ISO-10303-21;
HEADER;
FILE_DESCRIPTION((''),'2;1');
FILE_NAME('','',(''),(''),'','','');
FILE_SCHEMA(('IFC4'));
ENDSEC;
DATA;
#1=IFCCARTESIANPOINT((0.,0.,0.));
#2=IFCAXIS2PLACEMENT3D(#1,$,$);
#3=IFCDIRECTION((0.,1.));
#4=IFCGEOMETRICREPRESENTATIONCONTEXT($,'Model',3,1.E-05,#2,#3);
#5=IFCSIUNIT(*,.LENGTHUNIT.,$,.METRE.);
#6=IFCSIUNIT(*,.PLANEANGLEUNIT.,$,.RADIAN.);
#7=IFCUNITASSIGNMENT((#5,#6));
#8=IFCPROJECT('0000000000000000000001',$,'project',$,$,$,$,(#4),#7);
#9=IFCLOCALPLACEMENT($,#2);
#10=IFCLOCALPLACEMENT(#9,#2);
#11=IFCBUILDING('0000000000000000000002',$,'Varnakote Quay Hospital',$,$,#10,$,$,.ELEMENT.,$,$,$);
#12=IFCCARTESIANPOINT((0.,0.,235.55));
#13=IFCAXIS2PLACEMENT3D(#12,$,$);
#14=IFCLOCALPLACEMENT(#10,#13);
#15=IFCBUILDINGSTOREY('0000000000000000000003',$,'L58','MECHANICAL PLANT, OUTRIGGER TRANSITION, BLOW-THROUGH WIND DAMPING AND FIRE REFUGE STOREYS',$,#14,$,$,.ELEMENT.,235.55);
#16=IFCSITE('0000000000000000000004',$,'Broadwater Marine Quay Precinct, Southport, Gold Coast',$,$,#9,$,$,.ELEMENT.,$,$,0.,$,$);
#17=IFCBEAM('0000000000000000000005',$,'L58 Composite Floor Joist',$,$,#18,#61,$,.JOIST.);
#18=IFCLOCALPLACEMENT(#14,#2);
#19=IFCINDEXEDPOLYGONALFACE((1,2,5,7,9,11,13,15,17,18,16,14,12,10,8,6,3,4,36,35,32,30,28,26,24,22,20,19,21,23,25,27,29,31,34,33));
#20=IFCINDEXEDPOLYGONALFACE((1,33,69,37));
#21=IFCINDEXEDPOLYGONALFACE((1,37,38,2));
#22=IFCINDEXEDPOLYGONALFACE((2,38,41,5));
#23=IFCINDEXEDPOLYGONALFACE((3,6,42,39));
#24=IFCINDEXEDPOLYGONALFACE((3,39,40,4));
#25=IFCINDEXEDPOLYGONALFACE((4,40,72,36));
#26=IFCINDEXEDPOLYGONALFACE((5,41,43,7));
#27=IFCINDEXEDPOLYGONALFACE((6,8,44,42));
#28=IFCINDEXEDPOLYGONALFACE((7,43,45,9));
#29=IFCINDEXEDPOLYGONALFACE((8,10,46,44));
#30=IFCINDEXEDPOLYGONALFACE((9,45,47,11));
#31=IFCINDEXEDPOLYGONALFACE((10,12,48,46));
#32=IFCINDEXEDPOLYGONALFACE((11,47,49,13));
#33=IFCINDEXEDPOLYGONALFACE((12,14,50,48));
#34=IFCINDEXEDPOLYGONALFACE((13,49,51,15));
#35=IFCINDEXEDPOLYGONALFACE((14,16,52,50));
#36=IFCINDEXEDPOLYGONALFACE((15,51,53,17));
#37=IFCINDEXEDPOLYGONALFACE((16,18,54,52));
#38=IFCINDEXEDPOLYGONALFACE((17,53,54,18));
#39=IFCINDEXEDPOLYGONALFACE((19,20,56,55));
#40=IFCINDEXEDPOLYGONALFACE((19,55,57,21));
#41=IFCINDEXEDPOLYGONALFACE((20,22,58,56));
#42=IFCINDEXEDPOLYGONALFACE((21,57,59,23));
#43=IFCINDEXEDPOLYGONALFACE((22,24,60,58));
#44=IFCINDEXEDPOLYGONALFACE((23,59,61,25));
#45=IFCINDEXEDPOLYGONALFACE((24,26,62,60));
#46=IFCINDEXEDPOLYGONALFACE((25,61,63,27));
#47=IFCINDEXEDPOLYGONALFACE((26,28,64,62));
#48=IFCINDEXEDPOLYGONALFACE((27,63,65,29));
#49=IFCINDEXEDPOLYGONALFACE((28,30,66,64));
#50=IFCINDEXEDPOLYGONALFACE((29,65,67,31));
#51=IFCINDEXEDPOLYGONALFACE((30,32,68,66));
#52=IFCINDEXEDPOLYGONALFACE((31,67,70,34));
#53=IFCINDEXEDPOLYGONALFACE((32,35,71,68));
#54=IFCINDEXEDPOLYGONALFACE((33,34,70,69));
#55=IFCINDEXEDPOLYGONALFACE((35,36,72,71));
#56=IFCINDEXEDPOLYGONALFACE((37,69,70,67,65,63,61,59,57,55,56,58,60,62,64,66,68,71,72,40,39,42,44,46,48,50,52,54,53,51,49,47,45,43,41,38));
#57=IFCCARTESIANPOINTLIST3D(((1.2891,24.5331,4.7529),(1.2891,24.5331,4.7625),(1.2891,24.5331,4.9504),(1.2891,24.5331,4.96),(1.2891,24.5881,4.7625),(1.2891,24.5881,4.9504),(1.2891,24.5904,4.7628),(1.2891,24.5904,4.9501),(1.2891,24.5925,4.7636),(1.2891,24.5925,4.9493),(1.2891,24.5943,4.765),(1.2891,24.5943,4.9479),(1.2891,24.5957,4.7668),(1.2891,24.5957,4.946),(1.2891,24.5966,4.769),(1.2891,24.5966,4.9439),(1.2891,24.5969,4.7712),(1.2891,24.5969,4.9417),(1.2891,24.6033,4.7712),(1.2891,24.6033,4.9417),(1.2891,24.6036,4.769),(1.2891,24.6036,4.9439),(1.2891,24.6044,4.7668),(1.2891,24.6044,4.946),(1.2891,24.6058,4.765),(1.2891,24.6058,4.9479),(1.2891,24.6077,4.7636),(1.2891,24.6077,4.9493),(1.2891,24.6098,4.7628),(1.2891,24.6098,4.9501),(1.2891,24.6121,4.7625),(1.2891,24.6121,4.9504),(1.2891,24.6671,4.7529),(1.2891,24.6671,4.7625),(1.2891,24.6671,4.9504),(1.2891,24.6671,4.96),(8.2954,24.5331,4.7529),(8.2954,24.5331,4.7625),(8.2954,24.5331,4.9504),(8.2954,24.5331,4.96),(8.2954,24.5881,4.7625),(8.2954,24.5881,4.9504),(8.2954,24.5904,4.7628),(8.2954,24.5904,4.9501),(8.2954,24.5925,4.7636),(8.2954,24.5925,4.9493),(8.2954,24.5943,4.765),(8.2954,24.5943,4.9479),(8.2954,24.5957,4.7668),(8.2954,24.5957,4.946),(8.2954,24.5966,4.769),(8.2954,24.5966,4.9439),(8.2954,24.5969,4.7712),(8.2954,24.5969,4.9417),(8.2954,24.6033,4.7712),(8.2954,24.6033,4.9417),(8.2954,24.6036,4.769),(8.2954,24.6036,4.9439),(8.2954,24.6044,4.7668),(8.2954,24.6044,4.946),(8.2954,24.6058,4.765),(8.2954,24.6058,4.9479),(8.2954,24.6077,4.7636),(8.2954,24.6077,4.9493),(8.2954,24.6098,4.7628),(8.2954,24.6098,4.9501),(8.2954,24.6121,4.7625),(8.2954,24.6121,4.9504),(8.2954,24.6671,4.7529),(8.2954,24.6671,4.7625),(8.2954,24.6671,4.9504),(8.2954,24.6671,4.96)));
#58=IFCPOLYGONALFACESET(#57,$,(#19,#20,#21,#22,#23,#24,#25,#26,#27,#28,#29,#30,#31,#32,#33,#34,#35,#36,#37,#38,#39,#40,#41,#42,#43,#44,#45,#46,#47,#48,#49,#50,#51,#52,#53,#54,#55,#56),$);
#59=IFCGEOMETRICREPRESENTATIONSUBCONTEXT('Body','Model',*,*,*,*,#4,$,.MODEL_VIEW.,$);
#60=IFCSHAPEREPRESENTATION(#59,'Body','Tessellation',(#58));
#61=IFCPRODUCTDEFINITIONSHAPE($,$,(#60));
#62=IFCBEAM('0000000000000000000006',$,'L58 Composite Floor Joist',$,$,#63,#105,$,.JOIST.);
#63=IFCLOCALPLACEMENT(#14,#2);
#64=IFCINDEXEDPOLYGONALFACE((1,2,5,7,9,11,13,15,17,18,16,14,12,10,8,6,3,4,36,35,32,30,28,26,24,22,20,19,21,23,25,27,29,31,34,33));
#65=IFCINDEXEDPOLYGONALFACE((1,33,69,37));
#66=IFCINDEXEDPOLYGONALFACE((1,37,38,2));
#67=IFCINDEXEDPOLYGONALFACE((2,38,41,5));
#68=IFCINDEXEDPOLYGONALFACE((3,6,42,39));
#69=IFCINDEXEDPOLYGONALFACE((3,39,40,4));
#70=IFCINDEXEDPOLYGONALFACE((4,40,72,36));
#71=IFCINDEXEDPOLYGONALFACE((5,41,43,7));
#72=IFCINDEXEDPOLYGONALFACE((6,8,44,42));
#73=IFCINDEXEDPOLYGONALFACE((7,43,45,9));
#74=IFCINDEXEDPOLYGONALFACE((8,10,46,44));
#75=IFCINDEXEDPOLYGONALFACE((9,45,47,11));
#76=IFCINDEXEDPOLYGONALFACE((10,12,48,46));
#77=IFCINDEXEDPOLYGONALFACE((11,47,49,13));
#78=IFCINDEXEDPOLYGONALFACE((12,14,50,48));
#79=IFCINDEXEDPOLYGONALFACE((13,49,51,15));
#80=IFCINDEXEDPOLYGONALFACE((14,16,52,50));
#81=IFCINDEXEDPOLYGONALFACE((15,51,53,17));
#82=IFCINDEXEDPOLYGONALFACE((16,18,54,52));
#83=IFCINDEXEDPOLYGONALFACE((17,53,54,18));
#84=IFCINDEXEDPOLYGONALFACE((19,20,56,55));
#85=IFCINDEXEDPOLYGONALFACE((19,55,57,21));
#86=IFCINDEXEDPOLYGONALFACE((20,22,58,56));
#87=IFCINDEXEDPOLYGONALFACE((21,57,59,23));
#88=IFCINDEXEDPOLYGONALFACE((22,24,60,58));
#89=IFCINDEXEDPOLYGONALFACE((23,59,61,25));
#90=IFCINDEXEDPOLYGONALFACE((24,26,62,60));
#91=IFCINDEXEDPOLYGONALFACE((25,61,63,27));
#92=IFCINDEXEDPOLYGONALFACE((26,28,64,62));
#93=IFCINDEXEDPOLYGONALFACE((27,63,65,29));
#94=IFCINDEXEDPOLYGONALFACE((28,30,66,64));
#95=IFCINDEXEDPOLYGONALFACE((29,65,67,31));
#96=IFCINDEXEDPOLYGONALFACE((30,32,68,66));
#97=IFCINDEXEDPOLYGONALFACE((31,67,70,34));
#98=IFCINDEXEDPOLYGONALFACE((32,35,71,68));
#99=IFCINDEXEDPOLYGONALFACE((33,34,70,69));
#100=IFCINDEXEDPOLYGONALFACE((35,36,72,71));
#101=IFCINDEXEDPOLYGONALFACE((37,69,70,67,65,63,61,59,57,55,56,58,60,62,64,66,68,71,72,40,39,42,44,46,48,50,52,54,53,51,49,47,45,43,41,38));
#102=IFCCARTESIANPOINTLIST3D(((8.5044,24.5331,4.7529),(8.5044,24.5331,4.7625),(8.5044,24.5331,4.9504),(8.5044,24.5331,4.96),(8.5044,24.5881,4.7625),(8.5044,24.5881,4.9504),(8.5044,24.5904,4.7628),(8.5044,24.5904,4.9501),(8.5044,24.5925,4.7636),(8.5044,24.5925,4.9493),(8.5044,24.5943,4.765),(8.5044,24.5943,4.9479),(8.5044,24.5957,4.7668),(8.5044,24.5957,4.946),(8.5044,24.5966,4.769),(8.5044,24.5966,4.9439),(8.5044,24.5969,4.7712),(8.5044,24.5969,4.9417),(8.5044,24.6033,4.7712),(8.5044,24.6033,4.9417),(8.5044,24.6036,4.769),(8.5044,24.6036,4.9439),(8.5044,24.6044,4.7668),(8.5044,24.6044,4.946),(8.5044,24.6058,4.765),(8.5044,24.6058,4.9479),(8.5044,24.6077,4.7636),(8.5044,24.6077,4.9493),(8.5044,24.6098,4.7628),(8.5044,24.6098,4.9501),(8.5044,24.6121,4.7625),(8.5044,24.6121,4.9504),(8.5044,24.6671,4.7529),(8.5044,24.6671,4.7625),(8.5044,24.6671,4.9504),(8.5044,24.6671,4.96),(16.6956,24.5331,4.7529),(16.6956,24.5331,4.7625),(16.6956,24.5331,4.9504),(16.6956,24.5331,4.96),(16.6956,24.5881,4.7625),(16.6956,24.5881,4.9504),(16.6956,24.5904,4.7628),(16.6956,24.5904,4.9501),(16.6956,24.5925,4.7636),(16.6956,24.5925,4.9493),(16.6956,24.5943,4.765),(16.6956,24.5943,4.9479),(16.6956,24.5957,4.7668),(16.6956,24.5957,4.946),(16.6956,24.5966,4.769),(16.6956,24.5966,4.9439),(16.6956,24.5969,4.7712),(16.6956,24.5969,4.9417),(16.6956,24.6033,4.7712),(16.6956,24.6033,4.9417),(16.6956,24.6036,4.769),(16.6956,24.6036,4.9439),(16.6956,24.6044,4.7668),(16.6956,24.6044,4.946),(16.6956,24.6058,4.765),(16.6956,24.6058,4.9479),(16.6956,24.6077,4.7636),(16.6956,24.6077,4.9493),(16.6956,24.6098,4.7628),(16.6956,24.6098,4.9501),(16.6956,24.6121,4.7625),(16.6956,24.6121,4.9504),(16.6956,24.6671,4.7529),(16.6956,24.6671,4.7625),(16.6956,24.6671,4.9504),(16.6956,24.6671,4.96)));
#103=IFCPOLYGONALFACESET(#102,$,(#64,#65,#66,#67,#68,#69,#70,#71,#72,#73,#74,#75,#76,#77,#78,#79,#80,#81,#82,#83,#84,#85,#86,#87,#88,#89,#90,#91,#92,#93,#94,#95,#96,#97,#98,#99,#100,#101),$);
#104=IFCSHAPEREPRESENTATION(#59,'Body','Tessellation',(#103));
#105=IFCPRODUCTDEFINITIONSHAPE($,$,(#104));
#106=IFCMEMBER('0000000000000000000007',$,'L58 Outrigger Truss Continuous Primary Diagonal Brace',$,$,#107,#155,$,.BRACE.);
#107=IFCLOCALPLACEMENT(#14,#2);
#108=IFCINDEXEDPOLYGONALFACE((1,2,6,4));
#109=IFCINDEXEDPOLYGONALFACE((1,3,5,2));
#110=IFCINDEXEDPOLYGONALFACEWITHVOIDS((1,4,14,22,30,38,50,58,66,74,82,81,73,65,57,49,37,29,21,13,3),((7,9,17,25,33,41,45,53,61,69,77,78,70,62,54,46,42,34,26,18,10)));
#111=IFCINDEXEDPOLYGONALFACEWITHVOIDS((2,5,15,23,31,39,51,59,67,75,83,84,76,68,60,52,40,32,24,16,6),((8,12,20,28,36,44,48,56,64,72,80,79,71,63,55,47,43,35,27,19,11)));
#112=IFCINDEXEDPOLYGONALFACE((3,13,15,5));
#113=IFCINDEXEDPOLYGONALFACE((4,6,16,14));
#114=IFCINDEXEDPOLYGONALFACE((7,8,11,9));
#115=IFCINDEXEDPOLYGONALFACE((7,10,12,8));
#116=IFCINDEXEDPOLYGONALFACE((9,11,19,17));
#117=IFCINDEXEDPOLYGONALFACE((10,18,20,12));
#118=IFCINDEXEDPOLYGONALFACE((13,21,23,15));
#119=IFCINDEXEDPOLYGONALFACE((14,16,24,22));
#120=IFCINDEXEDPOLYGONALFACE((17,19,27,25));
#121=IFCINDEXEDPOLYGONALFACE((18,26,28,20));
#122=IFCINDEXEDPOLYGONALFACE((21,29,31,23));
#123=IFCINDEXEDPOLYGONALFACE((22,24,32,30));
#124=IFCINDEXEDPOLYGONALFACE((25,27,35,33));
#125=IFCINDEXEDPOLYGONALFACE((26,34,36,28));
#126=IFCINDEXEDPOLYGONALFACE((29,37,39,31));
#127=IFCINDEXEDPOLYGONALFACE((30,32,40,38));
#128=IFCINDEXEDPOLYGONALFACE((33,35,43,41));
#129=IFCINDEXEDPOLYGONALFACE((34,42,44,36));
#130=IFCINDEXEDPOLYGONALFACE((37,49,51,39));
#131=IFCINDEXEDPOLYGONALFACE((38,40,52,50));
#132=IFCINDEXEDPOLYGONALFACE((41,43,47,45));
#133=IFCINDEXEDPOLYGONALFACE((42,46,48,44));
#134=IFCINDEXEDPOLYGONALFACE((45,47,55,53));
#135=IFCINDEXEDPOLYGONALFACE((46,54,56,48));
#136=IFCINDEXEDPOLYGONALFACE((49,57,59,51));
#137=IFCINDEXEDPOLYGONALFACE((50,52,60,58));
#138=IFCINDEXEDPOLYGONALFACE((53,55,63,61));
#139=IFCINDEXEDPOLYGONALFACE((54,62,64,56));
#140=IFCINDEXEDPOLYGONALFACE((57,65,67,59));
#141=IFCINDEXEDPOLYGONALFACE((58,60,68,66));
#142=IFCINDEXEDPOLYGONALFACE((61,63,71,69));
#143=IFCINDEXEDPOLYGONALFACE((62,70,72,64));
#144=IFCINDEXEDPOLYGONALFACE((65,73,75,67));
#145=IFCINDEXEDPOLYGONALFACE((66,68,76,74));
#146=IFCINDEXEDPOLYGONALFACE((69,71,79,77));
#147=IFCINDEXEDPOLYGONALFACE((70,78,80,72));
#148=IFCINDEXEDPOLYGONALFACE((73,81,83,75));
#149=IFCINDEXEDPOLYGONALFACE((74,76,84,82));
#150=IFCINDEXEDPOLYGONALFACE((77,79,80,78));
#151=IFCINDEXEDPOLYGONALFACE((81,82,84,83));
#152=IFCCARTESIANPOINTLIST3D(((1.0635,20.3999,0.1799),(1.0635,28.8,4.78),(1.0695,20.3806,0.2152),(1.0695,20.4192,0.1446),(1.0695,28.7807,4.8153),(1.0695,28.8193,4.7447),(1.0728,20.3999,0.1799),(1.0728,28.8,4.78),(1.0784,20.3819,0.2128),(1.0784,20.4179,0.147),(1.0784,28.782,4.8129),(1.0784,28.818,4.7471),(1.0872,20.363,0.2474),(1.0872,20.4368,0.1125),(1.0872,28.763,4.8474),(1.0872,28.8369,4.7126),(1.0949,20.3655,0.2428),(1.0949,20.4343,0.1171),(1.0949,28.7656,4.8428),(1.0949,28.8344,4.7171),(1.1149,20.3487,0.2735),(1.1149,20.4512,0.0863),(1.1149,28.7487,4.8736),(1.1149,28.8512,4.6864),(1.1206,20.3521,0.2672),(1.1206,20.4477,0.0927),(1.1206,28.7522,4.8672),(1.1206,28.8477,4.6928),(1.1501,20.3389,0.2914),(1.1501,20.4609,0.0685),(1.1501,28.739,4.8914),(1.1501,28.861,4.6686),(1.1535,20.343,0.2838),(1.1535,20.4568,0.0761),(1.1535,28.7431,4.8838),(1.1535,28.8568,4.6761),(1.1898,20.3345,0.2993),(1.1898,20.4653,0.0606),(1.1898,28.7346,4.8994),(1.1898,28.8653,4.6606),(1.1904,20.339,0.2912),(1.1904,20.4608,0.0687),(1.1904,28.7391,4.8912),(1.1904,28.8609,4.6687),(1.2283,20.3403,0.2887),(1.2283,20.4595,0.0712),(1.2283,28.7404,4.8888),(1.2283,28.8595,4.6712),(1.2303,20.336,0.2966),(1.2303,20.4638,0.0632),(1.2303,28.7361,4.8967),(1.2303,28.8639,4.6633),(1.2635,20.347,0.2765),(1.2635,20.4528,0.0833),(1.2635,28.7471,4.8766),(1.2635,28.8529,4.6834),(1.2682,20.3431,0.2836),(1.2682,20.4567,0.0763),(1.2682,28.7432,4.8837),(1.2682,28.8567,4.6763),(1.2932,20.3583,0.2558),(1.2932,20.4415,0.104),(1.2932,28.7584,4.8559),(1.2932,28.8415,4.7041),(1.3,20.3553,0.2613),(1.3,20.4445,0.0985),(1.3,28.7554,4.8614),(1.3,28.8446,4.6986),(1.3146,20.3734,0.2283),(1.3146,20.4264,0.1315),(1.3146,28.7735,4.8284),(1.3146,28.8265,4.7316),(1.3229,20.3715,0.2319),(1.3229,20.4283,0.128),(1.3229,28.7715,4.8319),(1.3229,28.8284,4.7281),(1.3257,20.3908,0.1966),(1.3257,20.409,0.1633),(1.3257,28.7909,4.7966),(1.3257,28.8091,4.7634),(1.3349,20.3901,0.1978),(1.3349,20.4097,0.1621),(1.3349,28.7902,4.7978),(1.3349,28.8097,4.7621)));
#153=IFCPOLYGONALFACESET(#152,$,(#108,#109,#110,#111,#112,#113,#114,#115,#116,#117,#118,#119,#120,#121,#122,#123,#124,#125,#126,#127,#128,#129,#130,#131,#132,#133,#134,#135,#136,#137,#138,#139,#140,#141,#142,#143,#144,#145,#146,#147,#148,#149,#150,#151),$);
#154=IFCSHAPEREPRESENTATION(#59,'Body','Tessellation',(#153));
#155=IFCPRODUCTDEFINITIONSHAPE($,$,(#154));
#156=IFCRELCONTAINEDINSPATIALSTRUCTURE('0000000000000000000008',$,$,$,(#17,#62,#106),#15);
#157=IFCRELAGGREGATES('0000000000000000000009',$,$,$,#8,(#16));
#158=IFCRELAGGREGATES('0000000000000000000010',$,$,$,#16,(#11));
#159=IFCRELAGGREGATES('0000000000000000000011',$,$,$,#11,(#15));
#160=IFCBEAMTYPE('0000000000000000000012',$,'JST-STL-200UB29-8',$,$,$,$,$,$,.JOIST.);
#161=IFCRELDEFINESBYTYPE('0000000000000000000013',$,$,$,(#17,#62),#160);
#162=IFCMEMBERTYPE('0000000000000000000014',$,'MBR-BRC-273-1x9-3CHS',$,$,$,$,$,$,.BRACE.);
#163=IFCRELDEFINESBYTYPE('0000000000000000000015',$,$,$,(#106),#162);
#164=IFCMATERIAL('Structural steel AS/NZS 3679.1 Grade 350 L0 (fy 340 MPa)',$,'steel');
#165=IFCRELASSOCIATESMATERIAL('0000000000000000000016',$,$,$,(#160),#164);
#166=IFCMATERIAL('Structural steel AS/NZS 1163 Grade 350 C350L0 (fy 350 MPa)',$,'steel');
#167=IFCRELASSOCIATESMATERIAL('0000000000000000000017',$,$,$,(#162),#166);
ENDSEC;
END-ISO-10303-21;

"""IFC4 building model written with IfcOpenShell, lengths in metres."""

from ifc_helpers import new_model, si_unit, direction, frame, origin, origin_2d, place, context, subcontext, project, spatial, hollow_circle, i_section, extrude, material, material_profile, profile_set, type_object, element, save


model = new_model("IFC4")

# Units and contexts
model_context = context("Model", 3, precision=1e-05, world=origin(), true_north=direction((0.0, 1.0)))
body_context = subcontext(model_context, "Body", "Model", "MODEL_VIEW")
ifc_project = project(units=[si_unit("LENGTHUNIT", "METRE"), si_unit("PLANEANGLEUNIT", "RADIAN")], contexts=[model_context])

# Site, building, storey
site_placement = place(None, origin())
site = spatial("IfcSite", under=ifc_project, at=site_placement, Name="Broadwater Marine Quay Precinct, Southport, Gold Coast", CompositionType="ELEMENT", RefElevation=0.0)
building_placement = place(site_placement, origin())
building = spatial("IfcBuilding", under=site, at=building_placement, Name="Varnakote Quay Hospital", CompositionType="ELEMENT")
storey_placement = place(building_placement, frame((0.0, 0.0, 235.55)))
storey = spatial("IfcBuildingStorey", under=building, at=storey_placement, Name="L58", Description="MECHANICAL PLANT, OUTRIGGER TRANSITION, BLOW-THROUGH WIND DAMPING AND FIRE REFUGE STOREYS", CompositionType="ELEMENT", Elevation=235.55)

# Beams
ifc_material_1 = material(Name="Structural steel AS/NZS 3679.1 Grade 350 L0 (fy 340 MPa)", Category="steel")
ifc_material_profile_1 = material_profile(ifc_material_1, i_section(OverallWidth=0.134, OverallDepth=0.207, WebThickness=0.0063, FlangeThickness=0.0095, FilletRadius=0.0088, at=origin_2d()), Name="200UB29.8")
ifc_profile_set_1 = profile_set([ifc_material_profile_1], Name="Structural steel AS/NZS 3679.1 Grade 350 L0 (fy 340 MPa)")
beam_type_1 = type_object("IfcBeamType", Name="JST-STL-200UB29-8", PredefinedType="JOIST", material=ifc_profile_set_1)
beam_1_placement = place(storey_placement, frame((1.2891, 24.6001, 4.8564), z_axis=(1.0, 0.0, 0.0), x_axis=(0.0, 1.0, 0.0)))
element("IfcBeam", 1, at=beam_1_placement, inside=storey, type_object=beam_type_1, Name="L58 Composite Floor Joist", PredefinedType="JOIST", context=body_context, shape_type="SweptSolid", body=[
    extrude(i_section(OverallWidth=0.134, OverallDepth=0.207, WebThickness=0.0063, FlangeThickness=0.0095, FilletRadius=0.0088, at=origin_2d()), origin(), (0.0, 0.0, 1.0), 7.0063),
])
beam_2_placement = place(storey_placement, frame((8.5044, 24.6001, 4.8564), z_axis=(1.0, 0.0, 0.0), x_axis=(0.0, 1.0, 0.0)))
element("IfcBeam", 2, at=beam_2_placement, inside=storey, type_object=beam_type_1, Name="L58 Composite Floor Joist", PredefinedType="JOIST", context=body_context, shape_type="SweptSolid", body=[
    extrude(i_section(OverallWidth=0.134, OverallDepth=0.207, WebThickness=0.0063, FlangeThickness=0.0095, FilletRadius=0.0088, at=origin_2d()), origin(), (0.0, 0.0, 1.0), 8.1912),
])

# Member
ifc_material_2 = material(Name="Structural steel AS/NZS 1163 Grade 350 C350L0 (fy 350 MPa)", Category="steel")
ifc_material_profile_2 = material_profile(ifc_material_2, hollow_circle(Radius=0.1365, WallThickness=0.0093, at=origin_2d()), Name="273.1x9.3CHS")
ifc_profile_set_2 = profile_set([ifc_material_profile_2], Name="Structural steel AS/NZS 1163 Grade 350 C350L0 (fy 350 MPa)")
member_type_1 = type_object("IfcMemberType", Name="MBR-BRC-273-1x9-3CHS", PredefinedType="BRACE", material=ifc_profile_set_2)
member_1_placement = place(storey_placement, frame((1.2, 20.3999, 0.1799), z_axis=(0.0, 0.877096, 0.480316), x_axis=(-1.0, 0.0, 0.0)))
element("IfcMember", 3, at=member_1_placement, inside=storey, type_object=member_type_1, Name="L58 Outrigger Truss Continuous Primary Diagonal Brace", PredefinedType="BRACE", context=body_context, shape_type="SweptSolid", body=[
    extrude(hollow_circle(Radius=0.1365, WallThickness=0.0093, at=origin_2d()), origin(), (0.0, 0.0, 1.0), 9.5771),
])

save(model, "model.ifc")
